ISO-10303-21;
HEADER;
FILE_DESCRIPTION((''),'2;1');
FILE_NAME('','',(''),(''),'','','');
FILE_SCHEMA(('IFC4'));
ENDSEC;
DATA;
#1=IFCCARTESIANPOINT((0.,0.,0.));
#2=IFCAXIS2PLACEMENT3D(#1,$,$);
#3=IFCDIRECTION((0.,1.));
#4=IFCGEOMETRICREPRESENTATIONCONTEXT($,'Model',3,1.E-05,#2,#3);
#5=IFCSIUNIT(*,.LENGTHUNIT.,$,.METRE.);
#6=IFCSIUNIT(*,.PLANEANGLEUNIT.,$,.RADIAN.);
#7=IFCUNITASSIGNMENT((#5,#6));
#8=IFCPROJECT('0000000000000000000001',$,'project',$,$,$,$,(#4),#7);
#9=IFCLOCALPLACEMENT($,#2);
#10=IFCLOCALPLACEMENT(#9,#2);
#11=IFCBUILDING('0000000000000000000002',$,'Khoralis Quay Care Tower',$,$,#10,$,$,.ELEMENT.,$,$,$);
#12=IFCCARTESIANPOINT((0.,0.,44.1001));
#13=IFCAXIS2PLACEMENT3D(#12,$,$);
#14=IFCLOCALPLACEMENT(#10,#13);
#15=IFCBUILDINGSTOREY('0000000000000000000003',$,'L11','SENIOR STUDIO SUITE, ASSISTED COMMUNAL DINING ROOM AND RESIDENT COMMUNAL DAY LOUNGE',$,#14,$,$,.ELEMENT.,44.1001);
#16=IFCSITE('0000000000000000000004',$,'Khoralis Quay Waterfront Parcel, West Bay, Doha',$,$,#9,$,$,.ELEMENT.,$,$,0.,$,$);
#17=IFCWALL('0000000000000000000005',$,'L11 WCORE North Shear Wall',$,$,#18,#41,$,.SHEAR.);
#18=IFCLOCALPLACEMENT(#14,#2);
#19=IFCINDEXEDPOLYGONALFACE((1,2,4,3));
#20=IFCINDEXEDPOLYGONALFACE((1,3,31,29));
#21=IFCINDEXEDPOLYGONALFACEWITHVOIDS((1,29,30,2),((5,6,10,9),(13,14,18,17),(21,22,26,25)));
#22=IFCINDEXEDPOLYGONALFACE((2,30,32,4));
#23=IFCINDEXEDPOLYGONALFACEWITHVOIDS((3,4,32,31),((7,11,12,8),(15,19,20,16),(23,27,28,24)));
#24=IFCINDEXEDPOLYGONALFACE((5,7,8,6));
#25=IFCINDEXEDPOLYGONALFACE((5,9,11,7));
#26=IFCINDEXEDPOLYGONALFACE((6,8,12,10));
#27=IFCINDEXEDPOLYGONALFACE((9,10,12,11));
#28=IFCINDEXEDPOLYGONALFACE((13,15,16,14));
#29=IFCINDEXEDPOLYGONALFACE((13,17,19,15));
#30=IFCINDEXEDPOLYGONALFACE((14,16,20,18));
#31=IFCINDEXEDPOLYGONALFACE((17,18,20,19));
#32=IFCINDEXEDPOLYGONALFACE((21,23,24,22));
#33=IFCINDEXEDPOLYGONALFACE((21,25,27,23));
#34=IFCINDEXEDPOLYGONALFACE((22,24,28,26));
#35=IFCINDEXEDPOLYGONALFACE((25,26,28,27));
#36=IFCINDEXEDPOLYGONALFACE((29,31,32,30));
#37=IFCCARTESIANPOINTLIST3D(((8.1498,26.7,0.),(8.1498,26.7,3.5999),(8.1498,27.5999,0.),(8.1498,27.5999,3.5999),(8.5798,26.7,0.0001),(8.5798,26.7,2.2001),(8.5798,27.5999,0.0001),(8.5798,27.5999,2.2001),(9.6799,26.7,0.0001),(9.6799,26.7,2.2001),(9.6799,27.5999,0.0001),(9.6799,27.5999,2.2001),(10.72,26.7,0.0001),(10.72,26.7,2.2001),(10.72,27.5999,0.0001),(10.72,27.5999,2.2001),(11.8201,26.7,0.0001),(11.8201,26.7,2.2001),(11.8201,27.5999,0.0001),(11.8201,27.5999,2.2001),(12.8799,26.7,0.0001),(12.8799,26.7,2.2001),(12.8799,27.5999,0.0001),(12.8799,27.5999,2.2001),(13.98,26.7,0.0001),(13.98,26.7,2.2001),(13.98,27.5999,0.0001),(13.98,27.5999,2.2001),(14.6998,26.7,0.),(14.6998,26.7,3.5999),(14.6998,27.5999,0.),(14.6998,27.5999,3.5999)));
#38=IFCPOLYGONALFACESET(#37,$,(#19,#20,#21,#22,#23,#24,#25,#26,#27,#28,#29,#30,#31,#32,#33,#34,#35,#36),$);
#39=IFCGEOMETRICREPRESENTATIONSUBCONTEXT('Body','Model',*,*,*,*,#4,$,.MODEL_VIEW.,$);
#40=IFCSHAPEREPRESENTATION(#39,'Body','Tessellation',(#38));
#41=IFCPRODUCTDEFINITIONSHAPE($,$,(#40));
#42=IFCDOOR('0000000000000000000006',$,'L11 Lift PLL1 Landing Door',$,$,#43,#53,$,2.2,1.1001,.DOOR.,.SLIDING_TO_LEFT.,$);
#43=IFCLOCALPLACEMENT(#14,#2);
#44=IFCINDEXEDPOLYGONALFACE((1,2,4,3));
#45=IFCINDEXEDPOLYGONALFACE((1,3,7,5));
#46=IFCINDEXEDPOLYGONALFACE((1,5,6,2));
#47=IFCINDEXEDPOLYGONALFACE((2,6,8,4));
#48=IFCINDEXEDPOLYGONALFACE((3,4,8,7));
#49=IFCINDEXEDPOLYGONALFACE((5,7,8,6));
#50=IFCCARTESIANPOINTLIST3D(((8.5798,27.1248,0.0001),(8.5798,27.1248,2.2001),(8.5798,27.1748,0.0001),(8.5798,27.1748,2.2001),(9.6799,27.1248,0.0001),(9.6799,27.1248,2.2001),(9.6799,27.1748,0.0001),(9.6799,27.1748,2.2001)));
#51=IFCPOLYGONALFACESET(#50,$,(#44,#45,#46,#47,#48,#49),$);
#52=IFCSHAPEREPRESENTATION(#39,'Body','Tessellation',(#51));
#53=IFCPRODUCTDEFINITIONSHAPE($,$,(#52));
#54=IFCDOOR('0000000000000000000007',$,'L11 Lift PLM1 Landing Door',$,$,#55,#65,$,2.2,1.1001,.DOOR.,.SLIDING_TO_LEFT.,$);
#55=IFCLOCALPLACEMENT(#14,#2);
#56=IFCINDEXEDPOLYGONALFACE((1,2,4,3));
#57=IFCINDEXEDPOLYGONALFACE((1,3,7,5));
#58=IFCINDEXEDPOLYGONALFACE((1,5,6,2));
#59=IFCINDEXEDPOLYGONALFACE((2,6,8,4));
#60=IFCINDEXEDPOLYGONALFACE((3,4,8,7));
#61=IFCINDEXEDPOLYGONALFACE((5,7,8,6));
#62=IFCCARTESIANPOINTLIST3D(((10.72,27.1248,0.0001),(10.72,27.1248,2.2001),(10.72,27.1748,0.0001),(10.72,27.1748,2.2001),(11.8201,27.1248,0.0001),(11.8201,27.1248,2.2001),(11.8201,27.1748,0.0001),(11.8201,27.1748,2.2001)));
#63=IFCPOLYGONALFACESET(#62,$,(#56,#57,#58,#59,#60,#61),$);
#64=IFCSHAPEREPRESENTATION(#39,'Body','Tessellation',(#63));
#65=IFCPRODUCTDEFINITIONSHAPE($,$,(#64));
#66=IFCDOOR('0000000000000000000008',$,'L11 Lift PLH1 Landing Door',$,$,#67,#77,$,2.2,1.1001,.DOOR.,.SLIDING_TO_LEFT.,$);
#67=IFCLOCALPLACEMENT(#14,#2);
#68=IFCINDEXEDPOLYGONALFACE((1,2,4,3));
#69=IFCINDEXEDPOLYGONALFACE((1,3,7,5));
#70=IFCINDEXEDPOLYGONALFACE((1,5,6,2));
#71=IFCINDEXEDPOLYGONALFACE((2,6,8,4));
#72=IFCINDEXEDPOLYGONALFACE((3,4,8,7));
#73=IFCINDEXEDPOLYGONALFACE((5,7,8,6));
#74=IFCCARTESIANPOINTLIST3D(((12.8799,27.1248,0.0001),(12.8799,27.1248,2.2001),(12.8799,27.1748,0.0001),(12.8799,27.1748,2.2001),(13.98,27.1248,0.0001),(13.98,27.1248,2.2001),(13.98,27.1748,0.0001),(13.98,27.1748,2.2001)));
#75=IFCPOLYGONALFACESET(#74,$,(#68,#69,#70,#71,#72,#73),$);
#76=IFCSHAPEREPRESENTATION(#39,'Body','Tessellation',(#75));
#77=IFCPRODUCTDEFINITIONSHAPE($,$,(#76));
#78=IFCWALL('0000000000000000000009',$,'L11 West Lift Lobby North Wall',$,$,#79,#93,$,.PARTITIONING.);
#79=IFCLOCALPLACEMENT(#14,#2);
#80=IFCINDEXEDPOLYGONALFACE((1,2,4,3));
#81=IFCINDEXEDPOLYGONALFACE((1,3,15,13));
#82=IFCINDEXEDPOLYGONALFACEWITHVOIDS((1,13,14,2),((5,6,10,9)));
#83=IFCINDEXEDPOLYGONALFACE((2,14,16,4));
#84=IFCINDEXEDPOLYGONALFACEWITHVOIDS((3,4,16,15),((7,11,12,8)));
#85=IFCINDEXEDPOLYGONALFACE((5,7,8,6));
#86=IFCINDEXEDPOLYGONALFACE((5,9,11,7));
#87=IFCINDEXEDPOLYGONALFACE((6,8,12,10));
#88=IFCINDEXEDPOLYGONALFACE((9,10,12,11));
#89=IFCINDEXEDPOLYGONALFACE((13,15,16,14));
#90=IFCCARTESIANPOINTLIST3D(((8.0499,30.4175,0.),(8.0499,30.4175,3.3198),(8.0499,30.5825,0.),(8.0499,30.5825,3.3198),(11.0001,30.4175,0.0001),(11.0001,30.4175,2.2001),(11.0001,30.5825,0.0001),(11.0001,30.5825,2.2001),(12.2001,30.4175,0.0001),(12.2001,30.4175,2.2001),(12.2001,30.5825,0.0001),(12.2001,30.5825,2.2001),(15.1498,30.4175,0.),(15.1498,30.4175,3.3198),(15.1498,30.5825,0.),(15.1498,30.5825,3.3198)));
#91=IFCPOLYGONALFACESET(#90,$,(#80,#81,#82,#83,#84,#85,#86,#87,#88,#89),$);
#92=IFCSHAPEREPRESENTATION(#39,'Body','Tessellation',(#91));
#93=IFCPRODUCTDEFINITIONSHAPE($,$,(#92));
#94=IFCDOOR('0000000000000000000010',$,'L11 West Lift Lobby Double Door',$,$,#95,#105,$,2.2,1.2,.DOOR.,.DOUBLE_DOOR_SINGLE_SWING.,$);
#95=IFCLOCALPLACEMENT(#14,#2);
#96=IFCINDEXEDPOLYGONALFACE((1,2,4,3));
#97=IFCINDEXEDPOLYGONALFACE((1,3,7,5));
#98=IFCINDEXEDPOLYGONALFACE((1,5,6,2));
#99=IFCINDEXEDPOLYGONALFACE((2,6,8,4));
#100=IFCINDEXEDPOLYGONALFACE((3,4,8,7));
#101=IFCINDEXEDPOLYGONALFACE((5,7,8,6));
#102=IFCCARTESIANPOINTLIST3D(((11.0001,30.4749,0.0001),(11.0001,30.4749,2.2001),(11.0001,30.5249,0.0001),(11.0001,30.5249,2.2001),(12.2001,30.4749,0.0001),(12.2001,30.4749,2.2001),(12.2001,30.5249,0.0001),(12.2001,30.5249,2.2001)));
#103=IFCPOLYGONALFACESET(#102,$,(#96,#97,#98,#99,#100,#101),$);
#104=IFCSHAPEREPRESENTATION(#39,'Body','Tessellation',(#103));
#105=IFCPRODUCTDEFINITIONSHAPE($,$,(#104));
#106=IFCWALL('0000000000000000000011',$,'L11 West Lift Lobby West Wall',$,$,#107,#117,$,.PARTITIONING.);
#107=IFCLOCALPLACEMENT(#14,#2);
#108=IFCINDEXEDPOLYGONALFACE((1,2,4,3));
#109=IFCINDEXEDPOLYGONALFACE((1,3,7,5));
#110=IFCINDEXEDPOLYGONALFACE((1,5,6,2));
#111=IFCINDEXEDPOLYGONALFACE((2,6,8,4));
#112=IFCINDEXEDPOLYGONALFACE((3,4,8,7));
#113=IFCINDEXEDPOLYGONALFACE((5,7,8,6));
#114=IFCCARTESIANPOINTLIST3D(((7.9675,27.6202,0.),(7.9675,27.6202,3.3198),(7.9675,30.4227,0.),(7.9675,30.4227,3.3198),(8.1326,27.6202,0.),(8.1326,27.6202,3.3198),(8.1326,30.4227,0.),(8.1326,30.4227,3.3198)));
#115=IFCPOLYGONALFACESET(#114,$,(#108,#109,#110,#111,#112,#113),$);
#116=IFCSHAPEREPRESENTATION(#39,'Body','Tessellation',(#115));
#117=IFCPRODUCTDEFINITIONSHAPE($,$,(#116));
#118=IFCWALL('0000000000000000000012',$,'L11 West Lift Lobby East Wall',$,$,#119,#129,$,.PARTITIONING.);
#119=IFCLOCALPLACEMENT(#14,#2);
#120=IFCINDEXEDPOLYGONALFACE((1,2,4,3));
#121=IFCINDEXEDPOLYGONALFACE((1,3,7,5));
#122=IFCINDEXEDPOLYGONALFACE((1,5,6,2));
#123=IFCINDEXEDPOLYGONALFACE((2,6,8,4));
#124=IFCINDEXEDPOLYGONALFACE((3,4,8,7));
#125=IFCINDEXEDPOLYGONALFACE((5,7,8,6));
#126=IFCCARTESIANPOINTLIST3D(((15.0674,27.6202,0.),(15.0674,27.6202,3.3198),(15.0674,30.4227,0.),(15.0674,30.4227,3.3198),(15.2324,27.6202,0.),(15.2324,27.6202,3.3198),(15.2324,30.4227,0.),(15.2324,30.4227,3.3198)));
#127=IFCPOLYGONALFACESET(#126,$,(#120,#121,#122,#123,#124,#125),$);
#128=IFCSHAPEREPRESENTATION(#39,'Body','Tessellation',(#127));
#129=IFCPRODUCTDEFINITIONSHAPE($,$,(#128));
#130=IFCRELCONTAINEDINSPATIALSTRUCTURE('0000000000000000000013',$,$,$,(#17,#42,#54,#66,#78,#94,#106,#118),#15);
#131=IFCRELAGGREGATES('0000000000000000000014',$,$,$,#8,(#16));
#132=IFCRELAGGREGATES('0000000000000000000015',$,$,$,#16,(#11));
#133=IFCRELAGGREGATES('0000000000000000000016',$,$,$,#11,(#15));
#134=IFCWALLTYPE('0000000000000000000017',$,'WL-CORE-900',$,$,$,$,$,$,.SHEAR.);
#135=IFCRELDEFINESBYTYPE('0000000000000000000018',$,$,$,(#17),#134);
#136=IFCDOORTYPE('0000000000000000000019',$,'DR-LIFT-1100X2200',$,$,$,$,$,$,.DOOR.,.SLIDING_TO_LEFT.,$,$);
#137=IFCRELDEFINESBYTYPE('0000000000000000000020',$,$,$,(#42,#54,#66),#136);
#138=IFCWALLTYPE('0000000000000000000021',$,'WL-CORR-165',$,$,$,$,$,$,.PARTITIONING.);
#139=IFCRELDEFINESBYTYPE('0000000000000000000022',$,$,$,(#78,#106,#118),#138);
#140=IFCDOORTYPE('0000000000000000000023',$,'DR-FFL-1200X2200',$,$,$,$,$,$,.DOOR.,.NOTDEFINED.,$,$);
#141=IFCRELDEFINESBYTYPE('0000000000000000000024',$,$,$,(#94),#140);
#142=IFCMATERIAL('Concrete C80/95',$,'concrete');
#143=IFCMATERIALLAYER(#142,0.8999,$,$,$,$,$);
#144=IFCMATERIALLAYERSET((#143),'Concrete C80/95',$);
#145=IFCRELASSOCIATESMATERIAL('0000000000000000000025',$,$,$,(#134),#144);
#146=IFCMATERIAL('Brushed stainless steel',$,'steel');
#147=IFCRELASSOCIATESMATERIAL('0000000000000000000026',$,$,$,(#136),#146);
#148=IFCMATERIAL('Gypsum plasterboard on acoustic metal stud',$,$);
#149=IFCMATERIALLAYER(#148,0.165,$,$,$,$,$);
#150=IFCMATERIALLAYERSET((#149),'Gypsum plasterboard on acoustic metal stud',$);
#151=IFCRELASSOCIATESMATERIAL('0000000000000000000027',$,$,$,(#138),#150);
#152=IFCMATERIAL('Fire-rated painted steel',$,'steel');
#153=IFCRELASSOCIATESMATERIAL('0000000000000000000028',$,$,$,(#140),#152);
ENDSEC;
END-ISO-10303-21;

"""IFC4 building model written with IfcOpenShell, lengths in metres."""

from ifc_helpers import new_model, si_unit, direction, frame, frame_2d, origin, place, context, subcontext, project, spatial, rectangle, extrude, source, transform, mapped, material, layer, layer_set, type_object, element, fill, save


model = new_model("IFC4")

# Units and contexts
model_context = context("Model", 3, precision=1e-05, world=origin(), true_north=direction((0.0, 1.0)))
body_context = subcontext(model_context, "Body", "Model", "MODEL_VIEW")
ifc_project = project(units=[si_unit("LENGTHUNIT", "METRE"), si_unit("PLANEANGLEUNIT", "RADIAN")], contexts=[model_context])

# Site, building, storey
site_placement = place(None, origin())
site = spatial("IfcSite", under=ifc_project, at=site_placement, Name="Khoralis Quay Waterfront Parcel, West Bay, Doha", CompositionType="ELEMENT", RefElevation=0.0)
building_placement = place(site_placement, origin())
building = spatial("IfcBuilding", under=site, at=building_placement, Name="Khoralis Quay Care Tower", CompositionType="ELEMENT")
storey_placement = place(building_placement, frame((0.0, 0.0, 44.1001)))
storey = spatial("IfcBuildingStorey", under=building, at=storey_placement, Name="L11", Description="SENIOR STUDIO SUITE, ASSISTED COMMUNAL DINING ROOM AND RESIDENT COMMUNAL DAY LOUNGE", CompositionType="ELEMENT", Elevation=44.1001)

# Shared definitions
ifc_material_1 = material(Name="Concrete C80/95", Category="concrete")

# Wall, openings, doors
ifc_layer_1 = layer(ifc_material_1, 0.8999)
ifc_layer_set_1 = layer_set([ifc_layer_1], Name="Concrete C80/95")
wall_type_1 = type_object("IfcWallType", Name="WL-CORE-900", PredefinedType="SHEAR", material=ifc_layer_set_1)
wall_1_placement = place(storey_placement, frame((8.1499, 27.1499, 0.0), z_axis=(0.0, 0.0, 1.0), x_axis=(1.0, 0.0, 0.0)))
wall_1 = element("IfcWall", 1, at=wall_1_placement, inside=storey, type_object=wall_type_1, Name="L11 WCORE North Shear Wall", PredefinedType="SHEAR", context=body_context, shape_type="SweptSolid", body=[
    extrude(rectangle(XDim=6.55, YDim=0.8999, at=frame_2d((3.2749, 0.0))), origin(), (0.0, 0.0, 1.0), 3.5999),
])
opening_1_placement = place(wall_1_placement, frame((0.4299, 0.0, 0.0)))
opening_1 = element("IfcOpeningElement", 2, at=opening_1_placement, cuts=wall_1, PredefinedType="OPENING", context=body_context, shape_type="SweptSolid", body=[
    extrude(rectangle(XDim=1.1001, YDim=2.2, at=frame_2d((0.55, 1.1001))), frame((0.0, 0.46, 0.0), z_axis=(0.0, -1.0, 0.0), x_axis=(1.0, 0.0, 0.0)), (0.0, 0.0, 1.0), 0.9199),
])
opening_2_placement = place(wall_1_placement, frame((2.5701, 0.0, 0.0)))
opening_2 = element("IfcOpeningElement", 3, at=opening_2_placement, cuts=wall_1, PredefinedType="OPENING", context=body_context, shape_type="SweptSolid", body=[
    extrude(rectangle(XDim=1.1001, YDim=2.2, at=frame_2d((0.55, 1.1001))), frame((0.0, 0.46, 0.0), z_axis=(0.0, -1.0, 0.0), x_axis=(1.0, 0.0, 0.0)), (0.0, 0.0, 1.0), 0.9199),
])
opening_3_placement = place(wall_1_placement, frame((4.73, 0.0, 0.0)))
opening_3 = element("IfcOpeningElement", 4, at=opening_3_placement, cuts=wall_1, PredefinedType="OPENING", context=body_context, shape_type="SweptSolid", body=[
    extrude(rectangle(XDim=1.1001, YDim=2.2, at=frame_2d((0.55, 1.1001))), frame((0.0, 0.46, 0.0), z_axis=(0.0, -1.0, 0.0), x_axis=(1.0, 0.0, 0.0)), (0.0, 0.0, 1.0), 0.9199),
])
ifc_material_2 = material(Name="Brushed stainless steel", Category="steel")
door_type_1 = type_object("IfcDoorType", Name="DR-LIFT-1100X2200", OperationType="SLIDING_TO_LEFT", PredefinedType="DOOR", material=ifc_material_2)
shared_shape_1 = source(origin(), body_context, "Body", "SweptSolid", [
    extrude(rectangle(XDim=1.1001, YDim=2.2, at=frame_2d((0.55, 1.1001))), frame((0.0, 0.0249, 0.0), z_axis=(0.0, -1.0, 0.0), x_axis=(1.0, 0.0, 0.0)), (0.0, 0.0, 1.0), 0.05),
])
door_1_placement = place(opening_1_placement, origin())
door_1 = element("IfcDoor", 5, at=door_1_placement, inside=storey, type_object=door_type_1, Name="L11 Lift PLL1 Landing Door", OperationType="SLIDING_TO_LEFT", OverallHeight=2.2, OverallWidth=1.1001, PredefinedType="DOOR", context=body_context, shape_type="MappedRepresentation", body=[
    mapped(shared_shape_1, transform((0.0, 0.0, 0.0), scale=1.0)),
])
fill(opening_1, door_1)
door_2_placement = place(opening_2_placement, origin())
door_2 = element("IfcDoor", 6, at=door_2_placement, inside=storey, type_object=door_type_1, Name="L11 Lift PLM1 Landing Door", OperationType="SLIDING_TO_LEFT", OverallHeight=2.2, OverallWidth=1.1001, PredefinedType="DOOR", context=body_context, shape_type="MappedRepresentation", body=[
    mapped(shared_shape_1, transform((0.0, 0.0, 0.0), scale=1.0)),
])
fill(opening_2, door_2)
door_3_placement = place(opening_3_placement, origin())
door_3 = element("IfcDoor", 7, at=door_3_placement, inside=storey, type_object=door_type_1, Name="L11 Lift PLH1 Landing Door", OperationType="SLIDING_TO_LEFT", OverallHeight=2.2, OverallWidth=1.1001, PredefinedType="DOOR", context=body_context, shape_type="MappedRepresentation", body=[
    mapped(shared_shape_1, transform((0.0, 0.0, 0.0), scale=1.0)),
])
fill(opening_3, door_3)

# Wall, opening, door
ifc_material_3 = material(Name="Gypsum plasterboard on acoustic metal stud")
ifc_layer_2 = layer(ifc_material_3, 0.165)
ifc_layer_set_2 = layer_set([ifc_layer_2], Name="Gypsum plasterboard on acoustic metal stud")
wall_type_2 = type_object("IfcWallType", Name="WL-CORR-165", PredefinedType="PARTITIONING", material=ifc_layer_set_2)
wall_2_placement = place(storey_placement, frame((8.05, 30.5, 0.0), z_axis=(0.0, 0.0, 1.0), x_axis=(1.0, 0.0, 0.0)))
wall_2 = element("IfcWall", 8, at=wall_2_placement, inside=storey, type_object=wall_type_2, Name="L11 West Lift Lobby North Wall", PredefinedType="PARTITIONING", context=body_context, shape_type="SweptSolid", body=[
    extrude(rectangle(XDim=7.0999, YDim=0.165, at=frame_2d((3.5498, 0.0))), origin(), (0.0, 0.0, 1.0), 3.3198),
])
opening_4_placement = place(wall_2_placement, frame((2.95, 0.0, 0.0)))
opening_4 = element("IfcOpeningElement", 9, at=opening_4_placement, cuts=wall_2, PredefinedType="OPENING", context=body_context, shape_type="SweptSolid", body=[
    extrude(rectangle(XDim=1.2, YDim=2.2, at=frame_2d((0.6001, 1.1001))), frame((0.0, 0.0925, 0.0), z_axis=(0.0, -1.0, 0.0), x_axis=(1.0, 0.0, 0.0)), (0.0, 0.0, 1.0), 0.1851),
])
ifc_material_4 = material(Name="Fire-rated painted steel", Category="steel")
door_type_2 = type_object("IfcDoorType", Name="DR-FFL-1200X2200", OperationType="NOTDEFINED", PredefinedType="DOOR", material=ifc_material_4)
shared_shape_2 = source(origin(), body_context, "Body", "SweptSolid", [
    extrude(rectangle(XDim=1.2, YDim=2.2, at=frame_2d((0.6001, 1.1001))), frame((0.0, 0.0249, 0.0), z_axis=(0.0, -1.0, 0.0), x_axis=(1.0, 0.0, 0.0)), (0.0, 0.0, 1.0), 0.05),
])
door_4_placement = place(opening_4_placement, origin())
door_4 = element("IfcDoor", 10, at=door_4_placement, inside=storey, type_object=door_type_2, Name="L11 West Lift Lobby Double Door", OperationType="DOUBLE_DOOR_SINGLE_SWING", OverallHeight=2.2, OverallWidth=1.2, PredefinedType="DOOR", context=body_context, shape_type="MappedRepresentation", body=[
    mapped(shared_shape_2, transform((0.0, 0.0, 0.0), scale=1.0)),
])
fill(opening_4, door_4)

# Walls
for number, where, z_axis, x_axis, name in (
    (11, (8.05, 27.6201, 0.0), (0.0, 0.0, 1.0), (0.0, 1.0, 0.0), "L11 West Lift Lobby West Wall"),
    (12, (15.1499, 27.6201, 0.0), (0.0, 0.0, 1.0), (0.0, 1.0, 0.0), "L11 West Lift Lobby East Wall"),
):
    element("IfcWall", number, at=place(storey_placement, frame(where, z_axis=z_axis, x_axis=x_axis)), inside=storey, type_object=wall_type_2, Name=name, PredefinedType="PARTITIONING", context=body_context, shape_type="SweptSolid", body=[
        extrude(rectangle(XDim=2.8025, YDim=0.165, at=frame_2d((1.4014, 0.0))), origin(), (0.0, 0.0, 1.0), 3.3198),
    ])

save(model, "model.ifc")
